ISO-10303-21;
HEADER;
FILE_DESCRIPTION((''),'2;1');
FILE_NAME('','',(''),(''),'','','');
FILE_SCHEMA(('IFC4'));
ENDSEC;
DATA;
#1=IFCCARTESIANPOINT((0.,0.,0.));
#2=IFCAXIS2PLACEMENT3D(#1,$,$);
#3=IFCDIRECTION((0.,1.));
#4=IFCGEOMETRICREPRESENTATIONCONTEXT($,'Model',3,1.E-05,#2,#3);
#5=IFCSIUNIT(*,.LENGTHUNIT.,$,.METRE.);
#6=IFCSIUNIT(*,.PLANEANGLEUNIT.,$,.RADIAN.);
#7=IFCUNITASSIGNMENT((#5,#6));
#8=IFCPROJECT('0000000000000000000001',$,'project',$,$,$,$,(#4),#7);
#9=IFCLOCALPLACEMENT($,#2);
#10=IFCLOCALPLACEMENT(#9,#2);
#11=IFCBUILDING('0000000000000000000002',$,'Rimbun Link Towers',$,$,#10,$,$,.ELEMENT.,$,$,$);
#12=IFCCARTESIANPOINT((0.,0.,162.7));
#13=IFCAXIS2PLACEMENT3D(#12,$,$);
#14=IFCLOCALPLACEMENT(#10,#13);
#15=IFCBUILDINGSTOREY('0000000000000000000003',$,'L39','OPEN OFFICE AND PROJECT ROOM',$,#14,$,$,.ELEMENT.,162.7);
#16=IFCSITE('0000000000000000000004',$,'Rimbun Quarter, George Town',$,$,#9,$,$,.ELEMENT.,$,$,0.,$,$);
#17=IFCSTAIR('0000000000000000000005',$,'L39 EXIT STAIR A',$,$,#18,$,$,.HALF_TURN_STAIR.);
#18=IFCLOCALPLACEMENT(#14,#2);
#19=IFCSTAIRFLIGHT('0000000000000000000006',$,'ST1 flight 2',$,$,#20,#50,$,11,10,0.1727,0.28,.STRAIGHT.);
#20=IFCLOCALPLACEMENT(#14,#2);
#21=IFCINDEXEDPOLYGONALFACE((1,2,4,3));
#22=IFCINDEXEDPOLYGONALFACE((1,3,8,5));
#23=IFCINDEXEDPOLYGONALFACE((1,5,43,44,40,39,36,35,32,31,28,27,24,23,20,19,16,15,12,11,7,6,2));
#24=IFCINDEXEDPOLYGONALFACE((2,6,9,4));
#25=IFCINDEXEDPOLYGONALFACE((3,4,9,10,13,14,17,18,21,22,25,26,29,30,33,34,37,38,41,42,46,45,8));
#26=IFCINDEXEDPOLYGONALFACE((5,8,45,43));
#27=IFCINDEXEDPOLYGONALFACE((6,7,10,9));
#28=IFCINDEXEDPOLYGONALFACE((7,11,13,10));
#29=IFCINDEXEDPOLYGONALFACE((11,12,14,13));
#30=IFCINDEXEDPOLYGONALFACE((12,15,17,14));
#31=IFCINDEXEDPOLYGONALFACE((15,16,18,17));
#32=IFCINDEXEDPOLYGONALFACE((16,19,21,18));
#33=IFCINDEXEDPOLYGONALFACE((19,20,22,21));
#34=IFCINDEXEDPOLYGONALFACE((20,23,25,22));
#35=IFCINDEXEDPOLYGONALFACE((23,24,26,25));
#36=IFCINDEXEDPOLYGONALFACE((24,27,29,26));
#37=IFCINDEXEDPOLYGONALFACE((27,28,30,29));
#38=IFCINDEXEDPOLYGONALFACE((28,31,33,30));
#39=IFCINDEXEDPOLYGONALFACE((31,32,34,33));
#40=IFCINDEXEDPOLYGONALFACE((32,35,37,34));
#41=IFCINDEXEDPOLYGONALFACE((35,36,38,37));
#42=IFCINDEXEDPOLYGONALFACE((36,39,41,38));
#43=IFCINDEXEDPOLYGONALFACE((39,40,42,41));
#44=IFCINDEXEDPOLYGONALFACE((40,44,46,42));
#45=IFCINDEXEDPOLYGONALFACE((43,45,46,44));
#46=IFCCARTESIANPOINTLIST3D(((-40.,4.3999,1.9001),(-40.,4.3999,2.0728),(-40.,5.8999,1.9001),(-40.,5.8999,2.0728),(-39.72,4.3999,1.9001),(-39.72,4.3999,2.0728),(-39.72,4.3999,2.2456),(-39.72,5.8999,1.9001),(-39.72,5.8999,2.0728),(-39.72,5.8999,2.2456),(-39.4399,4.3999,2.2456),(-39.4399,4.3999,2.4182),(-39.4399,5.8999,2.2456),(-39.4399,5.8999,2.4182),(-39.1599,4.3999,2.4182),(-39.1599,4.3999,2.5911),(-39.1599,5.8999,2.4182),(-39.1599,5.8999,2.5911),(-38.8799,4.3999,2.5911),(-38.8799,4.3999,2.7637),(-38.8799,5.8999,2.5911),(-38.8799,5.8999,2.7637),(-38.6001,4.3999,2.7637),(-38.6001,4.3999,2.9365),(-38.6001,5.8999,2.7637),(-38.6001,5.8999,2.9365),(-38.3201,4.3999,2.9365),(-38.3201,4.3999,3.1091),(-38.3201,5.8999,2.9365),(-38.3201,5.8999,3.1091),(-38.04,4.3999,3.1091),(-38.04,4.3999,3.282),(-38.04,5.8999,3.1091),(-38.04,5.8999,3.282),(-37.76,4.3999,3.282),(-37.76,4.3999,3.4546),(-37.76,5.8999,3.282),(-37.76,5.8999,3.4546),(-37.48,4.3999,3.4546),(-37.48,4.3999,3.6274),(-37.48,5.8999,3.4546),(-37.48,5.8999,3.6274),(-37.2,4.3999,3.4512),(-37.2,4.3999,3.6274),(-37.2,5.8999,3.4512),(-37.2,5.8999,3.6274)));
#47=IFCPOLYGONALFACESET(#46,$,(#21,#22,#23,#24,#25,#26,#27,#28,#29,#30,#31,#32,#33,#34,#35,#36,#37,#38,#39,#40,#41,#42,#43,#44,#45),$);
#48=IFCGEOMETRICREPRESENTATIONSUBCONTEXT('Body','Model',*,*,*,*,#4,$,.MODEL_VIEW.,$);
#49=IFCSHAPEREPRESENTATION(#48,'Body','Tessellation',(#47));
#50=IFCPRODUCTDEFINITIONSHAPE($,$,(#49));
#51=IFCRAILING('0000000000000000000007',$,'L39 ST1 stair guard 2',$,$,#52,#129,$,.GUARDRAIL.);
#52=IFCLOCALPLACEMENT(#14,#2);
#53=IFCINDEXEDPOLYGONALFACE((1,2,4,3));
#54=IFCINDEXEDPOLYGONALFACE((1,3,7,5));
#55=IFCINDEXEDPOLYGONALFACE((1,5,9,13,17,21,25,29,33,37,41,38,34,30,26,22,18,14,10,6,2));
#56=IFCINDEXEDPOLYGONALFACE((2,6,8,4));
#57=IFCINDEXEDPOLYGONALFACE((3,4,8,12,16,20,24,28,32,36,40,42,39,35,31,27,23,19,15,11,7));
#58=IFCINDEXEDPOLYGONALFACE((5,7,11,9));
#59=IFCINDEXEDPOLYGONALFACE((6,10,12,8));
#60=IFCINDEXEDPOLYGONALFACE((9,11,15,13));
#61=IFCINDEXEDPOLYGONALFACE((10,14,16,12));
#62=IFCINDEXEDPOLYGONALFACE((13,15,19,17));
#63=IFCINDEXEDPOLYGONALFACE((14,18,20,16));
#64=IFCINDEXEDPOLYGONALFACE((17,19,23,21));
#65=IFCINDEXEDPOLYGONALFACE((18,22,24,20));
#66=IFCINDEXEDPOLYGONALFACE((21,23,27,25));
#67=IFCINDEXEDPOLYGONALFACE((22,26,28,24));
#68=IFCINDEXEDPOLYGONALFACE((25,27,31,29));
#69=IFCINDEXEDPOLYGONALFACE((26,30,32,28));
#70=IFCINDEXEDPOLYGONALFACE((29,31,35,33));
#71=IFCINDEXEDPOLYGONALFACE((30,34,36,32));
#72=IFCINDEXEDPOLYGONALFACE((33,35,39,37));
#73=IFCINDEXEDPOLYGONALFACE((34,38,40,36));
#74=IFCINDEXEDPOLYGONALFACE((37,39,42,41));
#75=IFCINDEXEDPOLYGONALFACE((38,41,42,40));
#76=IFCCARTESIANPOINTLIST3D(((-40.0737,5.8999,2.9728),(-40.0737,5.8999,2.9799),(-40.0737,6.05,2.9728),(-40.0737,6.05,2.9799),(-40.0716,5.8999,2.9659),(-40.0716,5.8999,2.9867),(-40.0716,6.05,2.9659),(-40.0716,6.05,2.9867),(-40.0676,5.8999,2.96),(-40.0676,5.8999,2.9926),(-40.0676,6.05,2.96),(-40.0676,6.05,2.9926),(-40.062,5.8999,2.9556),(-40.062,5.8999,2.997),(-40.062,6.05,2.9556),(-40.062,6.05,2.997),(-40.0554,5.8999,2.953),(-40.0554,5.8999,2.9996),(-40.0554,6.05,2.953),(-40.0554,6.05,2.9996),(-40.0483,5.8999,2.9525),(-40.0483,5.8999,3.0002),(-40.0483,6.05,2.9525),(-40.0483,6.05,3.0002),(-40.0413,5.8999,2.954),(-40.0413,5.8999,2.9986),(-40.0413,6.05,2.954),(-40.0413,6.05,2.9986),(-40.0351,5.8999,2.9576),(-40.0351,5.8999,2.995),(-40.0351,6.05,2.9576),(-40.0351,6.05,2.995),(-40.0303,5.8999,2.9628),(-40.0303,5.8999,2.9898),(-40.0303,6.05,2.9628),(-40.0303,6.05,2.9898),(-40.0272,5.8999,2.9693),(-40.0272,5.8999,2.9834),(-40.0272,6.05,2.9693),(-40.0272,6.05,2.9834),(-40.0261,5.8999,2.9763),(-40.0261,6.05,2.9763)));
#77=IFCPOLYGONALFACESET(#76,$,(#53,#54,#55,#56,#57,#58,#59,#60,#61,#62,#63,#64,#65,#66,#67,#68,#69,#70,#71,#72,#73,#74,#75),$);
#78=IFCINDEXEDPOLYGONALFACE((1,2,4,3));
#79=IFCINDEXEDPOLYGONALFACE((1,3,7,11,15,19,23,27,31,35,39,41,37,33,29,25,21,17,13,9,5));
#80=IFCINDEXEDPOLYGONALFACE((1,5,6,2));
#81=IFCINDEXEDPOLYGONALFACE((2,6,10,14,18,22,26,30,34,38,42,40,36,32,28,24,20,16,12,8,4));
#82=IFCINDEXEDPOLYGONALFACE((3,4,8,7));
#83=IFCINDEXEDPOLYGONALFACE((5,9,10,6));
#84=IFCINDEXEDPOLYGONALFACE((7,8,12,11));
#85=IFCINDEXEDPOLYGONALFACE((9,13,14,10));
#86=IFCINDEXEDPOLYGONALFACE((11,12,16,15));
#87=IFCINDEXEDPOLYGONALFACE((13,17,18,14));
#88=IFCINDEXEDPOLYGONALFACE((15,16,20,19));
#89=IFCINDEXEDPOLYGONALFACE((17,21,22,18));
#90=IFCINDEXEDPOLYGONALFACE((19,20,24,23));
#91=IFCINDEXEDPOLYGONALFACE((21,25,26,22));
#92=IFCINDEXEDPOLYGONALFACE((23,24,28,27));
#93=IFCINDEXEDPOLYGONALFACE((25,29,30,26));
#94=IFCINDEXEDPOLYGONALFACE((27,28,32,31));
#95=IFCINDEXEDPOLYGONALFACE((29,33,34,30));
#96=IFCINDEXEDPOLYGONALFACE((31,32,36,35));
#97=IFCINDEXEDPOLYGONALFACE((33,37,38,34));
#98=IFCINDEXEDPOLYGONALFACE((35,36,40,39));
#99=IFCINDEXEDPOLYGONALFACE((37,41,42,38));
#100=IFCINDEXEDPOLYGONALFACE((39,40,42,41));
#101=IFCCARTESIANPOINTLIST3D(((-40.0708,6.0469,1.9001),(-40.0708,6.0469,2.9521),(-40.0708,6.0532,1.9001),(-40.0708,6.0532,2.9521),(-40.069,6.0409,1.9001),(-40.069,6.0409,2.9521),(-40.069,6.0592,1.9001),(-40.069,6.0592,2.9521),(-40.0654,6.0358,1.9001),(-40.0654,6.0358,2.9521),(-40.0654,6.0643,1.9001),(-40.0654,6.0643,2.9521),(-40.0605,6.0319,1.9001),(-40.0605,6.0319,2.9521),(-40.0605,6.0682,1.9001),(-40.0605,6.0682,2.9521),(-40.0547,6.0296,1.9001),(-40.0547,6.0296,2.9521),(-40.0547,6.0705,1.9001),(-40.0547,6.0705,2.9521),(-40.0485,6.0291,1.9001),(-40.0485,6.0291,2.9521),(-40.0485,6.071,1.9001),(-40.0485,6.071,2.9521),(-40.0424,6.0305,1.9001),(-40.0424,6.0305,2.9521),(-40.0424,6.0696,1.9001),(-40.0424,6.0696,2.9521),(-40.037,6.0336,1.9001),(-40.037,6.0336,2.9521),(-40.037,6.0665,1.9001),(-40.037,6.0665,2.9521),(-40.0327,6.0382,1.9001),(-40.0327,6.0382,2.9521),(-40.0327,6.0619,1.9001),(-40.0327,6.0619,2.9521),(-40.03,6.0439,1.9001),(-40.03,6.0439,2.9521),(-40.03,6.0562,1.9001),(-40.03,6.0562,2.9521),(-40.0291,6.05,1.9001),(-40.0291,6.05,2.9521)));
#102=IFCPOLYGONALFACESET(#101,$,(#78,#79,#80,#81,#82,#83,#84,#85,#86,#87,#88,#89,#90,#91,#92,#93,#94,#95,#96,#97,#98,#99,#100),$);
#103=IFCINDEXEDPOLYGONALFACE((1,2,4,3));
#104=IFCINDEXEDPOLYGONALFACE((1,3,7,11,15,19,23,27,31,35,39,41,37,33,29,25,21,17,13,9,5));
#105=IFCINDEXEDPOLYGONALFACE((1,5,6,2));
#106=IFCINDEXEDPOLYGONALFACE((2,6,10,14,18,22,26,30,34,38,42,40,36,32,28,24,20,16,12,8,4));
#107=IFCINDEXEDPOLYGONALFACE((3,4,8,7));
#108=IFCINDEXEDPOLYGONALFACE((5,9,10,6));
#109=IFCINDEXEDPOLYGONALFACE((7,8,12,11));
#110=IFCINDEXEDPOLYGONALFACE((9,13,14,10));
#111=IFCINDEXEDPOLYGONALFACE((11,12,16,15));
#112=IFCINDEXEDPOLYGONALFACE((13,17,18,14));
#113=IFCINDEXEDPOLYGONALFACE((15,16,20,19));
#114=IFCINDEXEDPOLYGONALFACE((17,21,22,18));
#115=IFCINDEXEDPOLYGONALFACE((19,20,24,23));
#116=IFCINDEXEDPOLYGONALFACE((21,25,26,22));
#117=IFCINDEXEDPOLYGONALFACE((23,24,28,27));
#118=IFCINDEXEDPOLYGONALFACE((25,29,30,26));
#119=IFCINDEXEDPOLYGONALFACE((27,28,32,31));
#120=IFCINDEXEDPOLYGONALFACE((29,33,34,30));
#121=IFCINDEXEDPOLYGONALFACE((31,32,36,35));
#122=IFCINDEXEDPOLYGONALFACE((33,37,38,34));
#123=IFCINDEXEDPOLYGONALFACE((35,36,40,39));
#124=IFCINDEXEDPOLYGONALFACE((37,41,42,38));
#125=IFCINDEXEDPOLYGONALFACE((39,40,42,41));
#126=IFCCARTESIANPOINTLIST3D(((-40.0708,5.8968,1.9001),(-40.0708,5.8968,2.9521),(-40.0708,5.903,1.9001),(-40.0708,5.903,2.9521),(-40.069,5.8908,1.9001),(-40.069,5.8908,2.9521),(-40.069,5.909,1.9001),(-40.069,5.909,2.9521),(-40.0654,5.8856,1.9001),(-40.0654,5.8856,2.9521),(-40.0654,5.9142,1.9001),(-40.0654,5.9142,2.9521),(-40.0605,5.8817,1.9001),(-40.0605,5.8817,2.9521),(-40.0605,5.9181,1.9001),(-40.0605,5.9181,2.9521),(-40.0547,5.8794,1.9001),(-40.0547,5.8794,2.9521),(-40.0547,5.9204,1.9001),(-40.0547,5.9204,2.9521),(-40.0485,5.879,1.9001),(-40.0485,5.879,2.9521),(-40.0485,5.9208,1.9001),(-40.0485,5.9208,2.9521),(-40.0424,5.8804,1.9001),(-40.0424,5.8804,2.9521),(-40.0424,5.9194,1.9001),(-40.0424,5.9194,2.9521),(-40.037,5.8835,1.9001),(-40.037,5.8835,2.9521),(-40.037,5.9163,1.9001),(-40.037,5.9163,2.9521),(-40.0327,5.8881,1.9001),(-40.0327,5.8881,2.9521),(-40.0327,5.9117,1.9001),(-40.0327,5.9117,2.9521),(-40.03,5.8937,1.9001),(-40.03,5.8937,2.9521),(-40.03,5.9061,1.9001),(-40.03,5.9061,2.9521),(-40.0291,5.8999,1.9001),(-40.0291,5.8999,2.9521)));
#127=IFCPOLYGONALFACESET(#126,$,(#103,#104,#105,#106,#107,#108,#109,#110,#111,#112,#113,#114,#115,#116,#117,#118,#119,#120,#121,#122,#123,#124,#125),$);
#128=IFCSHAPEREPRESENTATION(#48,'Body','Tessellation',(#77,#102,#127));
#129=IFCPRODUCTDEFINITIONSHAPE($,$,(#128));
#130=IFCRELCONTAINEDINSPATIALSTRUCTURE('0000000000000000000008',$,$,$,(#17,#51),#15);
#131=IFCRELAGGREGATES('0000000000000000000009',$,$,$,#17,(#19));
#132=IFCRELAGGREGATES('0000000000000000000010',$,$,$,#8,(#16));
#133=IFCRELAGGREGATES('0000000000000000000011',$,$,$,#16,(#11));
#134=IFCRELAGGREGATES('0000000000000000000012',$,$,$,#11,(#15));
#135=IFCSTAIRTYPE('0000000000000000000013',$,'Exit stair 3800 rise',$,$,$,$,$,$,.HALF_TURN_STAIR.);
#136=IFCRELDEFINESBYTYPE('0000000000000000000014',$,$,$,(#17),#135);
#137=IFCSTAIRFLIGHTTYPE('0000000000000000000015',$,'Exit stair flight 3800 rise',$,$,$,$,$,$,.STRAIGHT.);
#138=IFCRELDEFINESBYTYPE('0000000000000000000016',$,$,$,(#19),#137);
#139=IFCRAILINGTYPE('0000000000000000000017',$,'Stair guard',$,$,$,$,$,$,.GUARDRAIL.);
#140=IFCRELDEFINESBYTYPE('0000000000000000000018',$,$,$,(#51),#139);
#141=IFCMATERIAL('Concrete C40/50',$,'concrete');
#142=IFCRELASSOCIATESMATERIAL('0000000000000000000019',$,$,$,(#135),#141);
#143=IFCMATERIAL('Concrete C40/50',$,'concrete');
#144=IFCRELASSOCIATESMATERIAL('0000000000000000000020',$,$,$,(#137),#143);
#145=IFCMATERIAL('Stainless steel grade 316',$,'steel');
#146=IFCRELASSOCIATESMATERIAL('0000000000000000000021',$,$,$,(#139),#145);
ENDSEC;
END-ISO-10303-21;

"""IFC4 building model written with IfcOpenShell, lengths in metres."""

from ifc_helpers import new_model, si_unit, direction, frame, origin, origin_2d, place, context, subcontext, project, spatial, polyline, circle, outline, extrude, material, type_object, element, aggregate, save


model = new_model("IFC4")

# Units and contexts
model_context = context("Model", 3, precision=1e-05, world=origin(), true_north=direction((0.0, 1.0)))
body_context = subcontext(model_context, "Body", "Model", "MODEL_VIEW")
ifc_project = project(units=[si_unit("LENGTHUNIT", "METRE"), si_unit("PLANEANGLEUNIT", "RADIAN")], contexts=[model_context])

# Site, building, storey
site_placement = place(None, origin())
site = spatial("IfcSite", under=ifc_project, at=site_placement, Name="Rimbun Quarter, George Town", CompositionType="ELEMENT", RefElevation=0.0)
building_placement = place(site_placement, origin())
building = spatial("IfcBuilding", under=site, at=building_placement, Name="Rimbun Link Towers", CompositionType="ELEMENT")
storey_placement = place(building_placement, frame((0.0, 0.0, 162.7)))
storey = spatial("IfcBuildingStorey", under=building, at=storey_placement, Name="L39", Description="OPEN OFFICE AND PROJECT ROOM", CompositionType="ELEMENT", Elevation=162.7)

# Stair, stair flight
ifc_material_1 = material(Name="Concrete C40/50", Category="concrete")
stair_type = type_object("IfcStairType", Name="Exit stair 3800 rise", PredefinedType="HALF_TURN_STAIR", material=ifc_material_1)
stair_placement = place(storey_placement, origin())
stair = element("IfcStair", 1, at=stair_placement, inside=storey, type_object=stair_type, Name="L39 EXIT STAIR A", PredefinedType="HALF_TURN_STAIR")
ifc_material_2 = material(Name="Concrete C40/50", Category="concrete")
stair_flight_type = type_object("IfcStairFlightType", Name="Exit stair flight 3800 rise", PredefinedType="STRAIGHT", material=ifc_material_2)
stair_flight_placement = place(storey_placement, frame((-40.0, 5.1499, 1.9001), z_axis=(0.0, 0.0, 1.0), x_axis=(1.0, 0.0, 0.0)))
stair_flight = element("IfcStairFlight", 2, at=stair_flight_placement, type_object=stair_flight_type, Name="ST1 flight 2", NumberOfRisers=11, NumberOfTreads=10, PredefinedType="STRAIGHT", RiserHeight=0.1727, TreadLength=0.28, context=body_context, shape_type="SweptSolid", body=[
    extrude(outline(polyline([(0.0, 0.0), (0.0, 0.1726), (0.28, 0.1726), (0.28, 0.3455), (0.5601, 0.3455), (0.5601, 0.5181), (0.8401, 0.5181), (0.8401, 0.6909), (1.1201, 0.6909), (1.1201, 0.8635), (1.3999, 0.8635), (1.3999, 1.0364), (1.6799, 1.0364), (1.6799, 1.209), (1.96, 1.209), (1.96, 1.3818), (2.24, 1.3818), (2.24, 1.5544), (2.52, 1.5544), (2.52, 1.7273), (2.8, 1.7273), (2.8, 1.8999), (2.8, 1.551), (0.28, 0.0), (0.0, 0.0)])), frame((0.0, 0.75, 0.0), z_axis=(0.0, -1.0, 0.0), x_axis=(1.0, 0.0, 0.0)), (0.0, 0.0, 1.0), 1.5),
])
aggregate(stair, [stair_flight])

# Railing
ifc_material_3 = material(Name="Stainless steel grade 316", Category="steel")
railing_type_1 = type_object("IfcRailingType", Name="Stair guard", PredefinedType="GUARDRAIL", material=ifc_material_3)
railing_1_placement = place(storey_placement, frame((-40.05, 6.05, 1.9001)))
element("IfcRailing", 3, at=railing_1_placement, inside=storey, type_object=railing_type_1, Name="L39 ST1 stair guard 2", PredefinedType="GUARDRAIL", context=body_context, shape_type="SweptSolid", body=[
    extrude(circle(Radius=0.0239, at=origin_2d()), frame((0.0, 0.0, 1.0762), z_axis=(0.0, -1.0, 0.0), x_axis=(1.0, 0.0, 0.0)), (0.0, 0.0, 1.0), 0.1501),
    extrude(circle(Radius=0.021, at=origin_2d()), origin(), (0.0, 0.0, 1.0), 1.052),
    extrude(circle(Radius=0.021, at=origin_2d()), frame((0.0, -0.1501, 0.0)), (0.0, 0.0, 1.0), 1.052),
])

save(model, "model.ifc")
